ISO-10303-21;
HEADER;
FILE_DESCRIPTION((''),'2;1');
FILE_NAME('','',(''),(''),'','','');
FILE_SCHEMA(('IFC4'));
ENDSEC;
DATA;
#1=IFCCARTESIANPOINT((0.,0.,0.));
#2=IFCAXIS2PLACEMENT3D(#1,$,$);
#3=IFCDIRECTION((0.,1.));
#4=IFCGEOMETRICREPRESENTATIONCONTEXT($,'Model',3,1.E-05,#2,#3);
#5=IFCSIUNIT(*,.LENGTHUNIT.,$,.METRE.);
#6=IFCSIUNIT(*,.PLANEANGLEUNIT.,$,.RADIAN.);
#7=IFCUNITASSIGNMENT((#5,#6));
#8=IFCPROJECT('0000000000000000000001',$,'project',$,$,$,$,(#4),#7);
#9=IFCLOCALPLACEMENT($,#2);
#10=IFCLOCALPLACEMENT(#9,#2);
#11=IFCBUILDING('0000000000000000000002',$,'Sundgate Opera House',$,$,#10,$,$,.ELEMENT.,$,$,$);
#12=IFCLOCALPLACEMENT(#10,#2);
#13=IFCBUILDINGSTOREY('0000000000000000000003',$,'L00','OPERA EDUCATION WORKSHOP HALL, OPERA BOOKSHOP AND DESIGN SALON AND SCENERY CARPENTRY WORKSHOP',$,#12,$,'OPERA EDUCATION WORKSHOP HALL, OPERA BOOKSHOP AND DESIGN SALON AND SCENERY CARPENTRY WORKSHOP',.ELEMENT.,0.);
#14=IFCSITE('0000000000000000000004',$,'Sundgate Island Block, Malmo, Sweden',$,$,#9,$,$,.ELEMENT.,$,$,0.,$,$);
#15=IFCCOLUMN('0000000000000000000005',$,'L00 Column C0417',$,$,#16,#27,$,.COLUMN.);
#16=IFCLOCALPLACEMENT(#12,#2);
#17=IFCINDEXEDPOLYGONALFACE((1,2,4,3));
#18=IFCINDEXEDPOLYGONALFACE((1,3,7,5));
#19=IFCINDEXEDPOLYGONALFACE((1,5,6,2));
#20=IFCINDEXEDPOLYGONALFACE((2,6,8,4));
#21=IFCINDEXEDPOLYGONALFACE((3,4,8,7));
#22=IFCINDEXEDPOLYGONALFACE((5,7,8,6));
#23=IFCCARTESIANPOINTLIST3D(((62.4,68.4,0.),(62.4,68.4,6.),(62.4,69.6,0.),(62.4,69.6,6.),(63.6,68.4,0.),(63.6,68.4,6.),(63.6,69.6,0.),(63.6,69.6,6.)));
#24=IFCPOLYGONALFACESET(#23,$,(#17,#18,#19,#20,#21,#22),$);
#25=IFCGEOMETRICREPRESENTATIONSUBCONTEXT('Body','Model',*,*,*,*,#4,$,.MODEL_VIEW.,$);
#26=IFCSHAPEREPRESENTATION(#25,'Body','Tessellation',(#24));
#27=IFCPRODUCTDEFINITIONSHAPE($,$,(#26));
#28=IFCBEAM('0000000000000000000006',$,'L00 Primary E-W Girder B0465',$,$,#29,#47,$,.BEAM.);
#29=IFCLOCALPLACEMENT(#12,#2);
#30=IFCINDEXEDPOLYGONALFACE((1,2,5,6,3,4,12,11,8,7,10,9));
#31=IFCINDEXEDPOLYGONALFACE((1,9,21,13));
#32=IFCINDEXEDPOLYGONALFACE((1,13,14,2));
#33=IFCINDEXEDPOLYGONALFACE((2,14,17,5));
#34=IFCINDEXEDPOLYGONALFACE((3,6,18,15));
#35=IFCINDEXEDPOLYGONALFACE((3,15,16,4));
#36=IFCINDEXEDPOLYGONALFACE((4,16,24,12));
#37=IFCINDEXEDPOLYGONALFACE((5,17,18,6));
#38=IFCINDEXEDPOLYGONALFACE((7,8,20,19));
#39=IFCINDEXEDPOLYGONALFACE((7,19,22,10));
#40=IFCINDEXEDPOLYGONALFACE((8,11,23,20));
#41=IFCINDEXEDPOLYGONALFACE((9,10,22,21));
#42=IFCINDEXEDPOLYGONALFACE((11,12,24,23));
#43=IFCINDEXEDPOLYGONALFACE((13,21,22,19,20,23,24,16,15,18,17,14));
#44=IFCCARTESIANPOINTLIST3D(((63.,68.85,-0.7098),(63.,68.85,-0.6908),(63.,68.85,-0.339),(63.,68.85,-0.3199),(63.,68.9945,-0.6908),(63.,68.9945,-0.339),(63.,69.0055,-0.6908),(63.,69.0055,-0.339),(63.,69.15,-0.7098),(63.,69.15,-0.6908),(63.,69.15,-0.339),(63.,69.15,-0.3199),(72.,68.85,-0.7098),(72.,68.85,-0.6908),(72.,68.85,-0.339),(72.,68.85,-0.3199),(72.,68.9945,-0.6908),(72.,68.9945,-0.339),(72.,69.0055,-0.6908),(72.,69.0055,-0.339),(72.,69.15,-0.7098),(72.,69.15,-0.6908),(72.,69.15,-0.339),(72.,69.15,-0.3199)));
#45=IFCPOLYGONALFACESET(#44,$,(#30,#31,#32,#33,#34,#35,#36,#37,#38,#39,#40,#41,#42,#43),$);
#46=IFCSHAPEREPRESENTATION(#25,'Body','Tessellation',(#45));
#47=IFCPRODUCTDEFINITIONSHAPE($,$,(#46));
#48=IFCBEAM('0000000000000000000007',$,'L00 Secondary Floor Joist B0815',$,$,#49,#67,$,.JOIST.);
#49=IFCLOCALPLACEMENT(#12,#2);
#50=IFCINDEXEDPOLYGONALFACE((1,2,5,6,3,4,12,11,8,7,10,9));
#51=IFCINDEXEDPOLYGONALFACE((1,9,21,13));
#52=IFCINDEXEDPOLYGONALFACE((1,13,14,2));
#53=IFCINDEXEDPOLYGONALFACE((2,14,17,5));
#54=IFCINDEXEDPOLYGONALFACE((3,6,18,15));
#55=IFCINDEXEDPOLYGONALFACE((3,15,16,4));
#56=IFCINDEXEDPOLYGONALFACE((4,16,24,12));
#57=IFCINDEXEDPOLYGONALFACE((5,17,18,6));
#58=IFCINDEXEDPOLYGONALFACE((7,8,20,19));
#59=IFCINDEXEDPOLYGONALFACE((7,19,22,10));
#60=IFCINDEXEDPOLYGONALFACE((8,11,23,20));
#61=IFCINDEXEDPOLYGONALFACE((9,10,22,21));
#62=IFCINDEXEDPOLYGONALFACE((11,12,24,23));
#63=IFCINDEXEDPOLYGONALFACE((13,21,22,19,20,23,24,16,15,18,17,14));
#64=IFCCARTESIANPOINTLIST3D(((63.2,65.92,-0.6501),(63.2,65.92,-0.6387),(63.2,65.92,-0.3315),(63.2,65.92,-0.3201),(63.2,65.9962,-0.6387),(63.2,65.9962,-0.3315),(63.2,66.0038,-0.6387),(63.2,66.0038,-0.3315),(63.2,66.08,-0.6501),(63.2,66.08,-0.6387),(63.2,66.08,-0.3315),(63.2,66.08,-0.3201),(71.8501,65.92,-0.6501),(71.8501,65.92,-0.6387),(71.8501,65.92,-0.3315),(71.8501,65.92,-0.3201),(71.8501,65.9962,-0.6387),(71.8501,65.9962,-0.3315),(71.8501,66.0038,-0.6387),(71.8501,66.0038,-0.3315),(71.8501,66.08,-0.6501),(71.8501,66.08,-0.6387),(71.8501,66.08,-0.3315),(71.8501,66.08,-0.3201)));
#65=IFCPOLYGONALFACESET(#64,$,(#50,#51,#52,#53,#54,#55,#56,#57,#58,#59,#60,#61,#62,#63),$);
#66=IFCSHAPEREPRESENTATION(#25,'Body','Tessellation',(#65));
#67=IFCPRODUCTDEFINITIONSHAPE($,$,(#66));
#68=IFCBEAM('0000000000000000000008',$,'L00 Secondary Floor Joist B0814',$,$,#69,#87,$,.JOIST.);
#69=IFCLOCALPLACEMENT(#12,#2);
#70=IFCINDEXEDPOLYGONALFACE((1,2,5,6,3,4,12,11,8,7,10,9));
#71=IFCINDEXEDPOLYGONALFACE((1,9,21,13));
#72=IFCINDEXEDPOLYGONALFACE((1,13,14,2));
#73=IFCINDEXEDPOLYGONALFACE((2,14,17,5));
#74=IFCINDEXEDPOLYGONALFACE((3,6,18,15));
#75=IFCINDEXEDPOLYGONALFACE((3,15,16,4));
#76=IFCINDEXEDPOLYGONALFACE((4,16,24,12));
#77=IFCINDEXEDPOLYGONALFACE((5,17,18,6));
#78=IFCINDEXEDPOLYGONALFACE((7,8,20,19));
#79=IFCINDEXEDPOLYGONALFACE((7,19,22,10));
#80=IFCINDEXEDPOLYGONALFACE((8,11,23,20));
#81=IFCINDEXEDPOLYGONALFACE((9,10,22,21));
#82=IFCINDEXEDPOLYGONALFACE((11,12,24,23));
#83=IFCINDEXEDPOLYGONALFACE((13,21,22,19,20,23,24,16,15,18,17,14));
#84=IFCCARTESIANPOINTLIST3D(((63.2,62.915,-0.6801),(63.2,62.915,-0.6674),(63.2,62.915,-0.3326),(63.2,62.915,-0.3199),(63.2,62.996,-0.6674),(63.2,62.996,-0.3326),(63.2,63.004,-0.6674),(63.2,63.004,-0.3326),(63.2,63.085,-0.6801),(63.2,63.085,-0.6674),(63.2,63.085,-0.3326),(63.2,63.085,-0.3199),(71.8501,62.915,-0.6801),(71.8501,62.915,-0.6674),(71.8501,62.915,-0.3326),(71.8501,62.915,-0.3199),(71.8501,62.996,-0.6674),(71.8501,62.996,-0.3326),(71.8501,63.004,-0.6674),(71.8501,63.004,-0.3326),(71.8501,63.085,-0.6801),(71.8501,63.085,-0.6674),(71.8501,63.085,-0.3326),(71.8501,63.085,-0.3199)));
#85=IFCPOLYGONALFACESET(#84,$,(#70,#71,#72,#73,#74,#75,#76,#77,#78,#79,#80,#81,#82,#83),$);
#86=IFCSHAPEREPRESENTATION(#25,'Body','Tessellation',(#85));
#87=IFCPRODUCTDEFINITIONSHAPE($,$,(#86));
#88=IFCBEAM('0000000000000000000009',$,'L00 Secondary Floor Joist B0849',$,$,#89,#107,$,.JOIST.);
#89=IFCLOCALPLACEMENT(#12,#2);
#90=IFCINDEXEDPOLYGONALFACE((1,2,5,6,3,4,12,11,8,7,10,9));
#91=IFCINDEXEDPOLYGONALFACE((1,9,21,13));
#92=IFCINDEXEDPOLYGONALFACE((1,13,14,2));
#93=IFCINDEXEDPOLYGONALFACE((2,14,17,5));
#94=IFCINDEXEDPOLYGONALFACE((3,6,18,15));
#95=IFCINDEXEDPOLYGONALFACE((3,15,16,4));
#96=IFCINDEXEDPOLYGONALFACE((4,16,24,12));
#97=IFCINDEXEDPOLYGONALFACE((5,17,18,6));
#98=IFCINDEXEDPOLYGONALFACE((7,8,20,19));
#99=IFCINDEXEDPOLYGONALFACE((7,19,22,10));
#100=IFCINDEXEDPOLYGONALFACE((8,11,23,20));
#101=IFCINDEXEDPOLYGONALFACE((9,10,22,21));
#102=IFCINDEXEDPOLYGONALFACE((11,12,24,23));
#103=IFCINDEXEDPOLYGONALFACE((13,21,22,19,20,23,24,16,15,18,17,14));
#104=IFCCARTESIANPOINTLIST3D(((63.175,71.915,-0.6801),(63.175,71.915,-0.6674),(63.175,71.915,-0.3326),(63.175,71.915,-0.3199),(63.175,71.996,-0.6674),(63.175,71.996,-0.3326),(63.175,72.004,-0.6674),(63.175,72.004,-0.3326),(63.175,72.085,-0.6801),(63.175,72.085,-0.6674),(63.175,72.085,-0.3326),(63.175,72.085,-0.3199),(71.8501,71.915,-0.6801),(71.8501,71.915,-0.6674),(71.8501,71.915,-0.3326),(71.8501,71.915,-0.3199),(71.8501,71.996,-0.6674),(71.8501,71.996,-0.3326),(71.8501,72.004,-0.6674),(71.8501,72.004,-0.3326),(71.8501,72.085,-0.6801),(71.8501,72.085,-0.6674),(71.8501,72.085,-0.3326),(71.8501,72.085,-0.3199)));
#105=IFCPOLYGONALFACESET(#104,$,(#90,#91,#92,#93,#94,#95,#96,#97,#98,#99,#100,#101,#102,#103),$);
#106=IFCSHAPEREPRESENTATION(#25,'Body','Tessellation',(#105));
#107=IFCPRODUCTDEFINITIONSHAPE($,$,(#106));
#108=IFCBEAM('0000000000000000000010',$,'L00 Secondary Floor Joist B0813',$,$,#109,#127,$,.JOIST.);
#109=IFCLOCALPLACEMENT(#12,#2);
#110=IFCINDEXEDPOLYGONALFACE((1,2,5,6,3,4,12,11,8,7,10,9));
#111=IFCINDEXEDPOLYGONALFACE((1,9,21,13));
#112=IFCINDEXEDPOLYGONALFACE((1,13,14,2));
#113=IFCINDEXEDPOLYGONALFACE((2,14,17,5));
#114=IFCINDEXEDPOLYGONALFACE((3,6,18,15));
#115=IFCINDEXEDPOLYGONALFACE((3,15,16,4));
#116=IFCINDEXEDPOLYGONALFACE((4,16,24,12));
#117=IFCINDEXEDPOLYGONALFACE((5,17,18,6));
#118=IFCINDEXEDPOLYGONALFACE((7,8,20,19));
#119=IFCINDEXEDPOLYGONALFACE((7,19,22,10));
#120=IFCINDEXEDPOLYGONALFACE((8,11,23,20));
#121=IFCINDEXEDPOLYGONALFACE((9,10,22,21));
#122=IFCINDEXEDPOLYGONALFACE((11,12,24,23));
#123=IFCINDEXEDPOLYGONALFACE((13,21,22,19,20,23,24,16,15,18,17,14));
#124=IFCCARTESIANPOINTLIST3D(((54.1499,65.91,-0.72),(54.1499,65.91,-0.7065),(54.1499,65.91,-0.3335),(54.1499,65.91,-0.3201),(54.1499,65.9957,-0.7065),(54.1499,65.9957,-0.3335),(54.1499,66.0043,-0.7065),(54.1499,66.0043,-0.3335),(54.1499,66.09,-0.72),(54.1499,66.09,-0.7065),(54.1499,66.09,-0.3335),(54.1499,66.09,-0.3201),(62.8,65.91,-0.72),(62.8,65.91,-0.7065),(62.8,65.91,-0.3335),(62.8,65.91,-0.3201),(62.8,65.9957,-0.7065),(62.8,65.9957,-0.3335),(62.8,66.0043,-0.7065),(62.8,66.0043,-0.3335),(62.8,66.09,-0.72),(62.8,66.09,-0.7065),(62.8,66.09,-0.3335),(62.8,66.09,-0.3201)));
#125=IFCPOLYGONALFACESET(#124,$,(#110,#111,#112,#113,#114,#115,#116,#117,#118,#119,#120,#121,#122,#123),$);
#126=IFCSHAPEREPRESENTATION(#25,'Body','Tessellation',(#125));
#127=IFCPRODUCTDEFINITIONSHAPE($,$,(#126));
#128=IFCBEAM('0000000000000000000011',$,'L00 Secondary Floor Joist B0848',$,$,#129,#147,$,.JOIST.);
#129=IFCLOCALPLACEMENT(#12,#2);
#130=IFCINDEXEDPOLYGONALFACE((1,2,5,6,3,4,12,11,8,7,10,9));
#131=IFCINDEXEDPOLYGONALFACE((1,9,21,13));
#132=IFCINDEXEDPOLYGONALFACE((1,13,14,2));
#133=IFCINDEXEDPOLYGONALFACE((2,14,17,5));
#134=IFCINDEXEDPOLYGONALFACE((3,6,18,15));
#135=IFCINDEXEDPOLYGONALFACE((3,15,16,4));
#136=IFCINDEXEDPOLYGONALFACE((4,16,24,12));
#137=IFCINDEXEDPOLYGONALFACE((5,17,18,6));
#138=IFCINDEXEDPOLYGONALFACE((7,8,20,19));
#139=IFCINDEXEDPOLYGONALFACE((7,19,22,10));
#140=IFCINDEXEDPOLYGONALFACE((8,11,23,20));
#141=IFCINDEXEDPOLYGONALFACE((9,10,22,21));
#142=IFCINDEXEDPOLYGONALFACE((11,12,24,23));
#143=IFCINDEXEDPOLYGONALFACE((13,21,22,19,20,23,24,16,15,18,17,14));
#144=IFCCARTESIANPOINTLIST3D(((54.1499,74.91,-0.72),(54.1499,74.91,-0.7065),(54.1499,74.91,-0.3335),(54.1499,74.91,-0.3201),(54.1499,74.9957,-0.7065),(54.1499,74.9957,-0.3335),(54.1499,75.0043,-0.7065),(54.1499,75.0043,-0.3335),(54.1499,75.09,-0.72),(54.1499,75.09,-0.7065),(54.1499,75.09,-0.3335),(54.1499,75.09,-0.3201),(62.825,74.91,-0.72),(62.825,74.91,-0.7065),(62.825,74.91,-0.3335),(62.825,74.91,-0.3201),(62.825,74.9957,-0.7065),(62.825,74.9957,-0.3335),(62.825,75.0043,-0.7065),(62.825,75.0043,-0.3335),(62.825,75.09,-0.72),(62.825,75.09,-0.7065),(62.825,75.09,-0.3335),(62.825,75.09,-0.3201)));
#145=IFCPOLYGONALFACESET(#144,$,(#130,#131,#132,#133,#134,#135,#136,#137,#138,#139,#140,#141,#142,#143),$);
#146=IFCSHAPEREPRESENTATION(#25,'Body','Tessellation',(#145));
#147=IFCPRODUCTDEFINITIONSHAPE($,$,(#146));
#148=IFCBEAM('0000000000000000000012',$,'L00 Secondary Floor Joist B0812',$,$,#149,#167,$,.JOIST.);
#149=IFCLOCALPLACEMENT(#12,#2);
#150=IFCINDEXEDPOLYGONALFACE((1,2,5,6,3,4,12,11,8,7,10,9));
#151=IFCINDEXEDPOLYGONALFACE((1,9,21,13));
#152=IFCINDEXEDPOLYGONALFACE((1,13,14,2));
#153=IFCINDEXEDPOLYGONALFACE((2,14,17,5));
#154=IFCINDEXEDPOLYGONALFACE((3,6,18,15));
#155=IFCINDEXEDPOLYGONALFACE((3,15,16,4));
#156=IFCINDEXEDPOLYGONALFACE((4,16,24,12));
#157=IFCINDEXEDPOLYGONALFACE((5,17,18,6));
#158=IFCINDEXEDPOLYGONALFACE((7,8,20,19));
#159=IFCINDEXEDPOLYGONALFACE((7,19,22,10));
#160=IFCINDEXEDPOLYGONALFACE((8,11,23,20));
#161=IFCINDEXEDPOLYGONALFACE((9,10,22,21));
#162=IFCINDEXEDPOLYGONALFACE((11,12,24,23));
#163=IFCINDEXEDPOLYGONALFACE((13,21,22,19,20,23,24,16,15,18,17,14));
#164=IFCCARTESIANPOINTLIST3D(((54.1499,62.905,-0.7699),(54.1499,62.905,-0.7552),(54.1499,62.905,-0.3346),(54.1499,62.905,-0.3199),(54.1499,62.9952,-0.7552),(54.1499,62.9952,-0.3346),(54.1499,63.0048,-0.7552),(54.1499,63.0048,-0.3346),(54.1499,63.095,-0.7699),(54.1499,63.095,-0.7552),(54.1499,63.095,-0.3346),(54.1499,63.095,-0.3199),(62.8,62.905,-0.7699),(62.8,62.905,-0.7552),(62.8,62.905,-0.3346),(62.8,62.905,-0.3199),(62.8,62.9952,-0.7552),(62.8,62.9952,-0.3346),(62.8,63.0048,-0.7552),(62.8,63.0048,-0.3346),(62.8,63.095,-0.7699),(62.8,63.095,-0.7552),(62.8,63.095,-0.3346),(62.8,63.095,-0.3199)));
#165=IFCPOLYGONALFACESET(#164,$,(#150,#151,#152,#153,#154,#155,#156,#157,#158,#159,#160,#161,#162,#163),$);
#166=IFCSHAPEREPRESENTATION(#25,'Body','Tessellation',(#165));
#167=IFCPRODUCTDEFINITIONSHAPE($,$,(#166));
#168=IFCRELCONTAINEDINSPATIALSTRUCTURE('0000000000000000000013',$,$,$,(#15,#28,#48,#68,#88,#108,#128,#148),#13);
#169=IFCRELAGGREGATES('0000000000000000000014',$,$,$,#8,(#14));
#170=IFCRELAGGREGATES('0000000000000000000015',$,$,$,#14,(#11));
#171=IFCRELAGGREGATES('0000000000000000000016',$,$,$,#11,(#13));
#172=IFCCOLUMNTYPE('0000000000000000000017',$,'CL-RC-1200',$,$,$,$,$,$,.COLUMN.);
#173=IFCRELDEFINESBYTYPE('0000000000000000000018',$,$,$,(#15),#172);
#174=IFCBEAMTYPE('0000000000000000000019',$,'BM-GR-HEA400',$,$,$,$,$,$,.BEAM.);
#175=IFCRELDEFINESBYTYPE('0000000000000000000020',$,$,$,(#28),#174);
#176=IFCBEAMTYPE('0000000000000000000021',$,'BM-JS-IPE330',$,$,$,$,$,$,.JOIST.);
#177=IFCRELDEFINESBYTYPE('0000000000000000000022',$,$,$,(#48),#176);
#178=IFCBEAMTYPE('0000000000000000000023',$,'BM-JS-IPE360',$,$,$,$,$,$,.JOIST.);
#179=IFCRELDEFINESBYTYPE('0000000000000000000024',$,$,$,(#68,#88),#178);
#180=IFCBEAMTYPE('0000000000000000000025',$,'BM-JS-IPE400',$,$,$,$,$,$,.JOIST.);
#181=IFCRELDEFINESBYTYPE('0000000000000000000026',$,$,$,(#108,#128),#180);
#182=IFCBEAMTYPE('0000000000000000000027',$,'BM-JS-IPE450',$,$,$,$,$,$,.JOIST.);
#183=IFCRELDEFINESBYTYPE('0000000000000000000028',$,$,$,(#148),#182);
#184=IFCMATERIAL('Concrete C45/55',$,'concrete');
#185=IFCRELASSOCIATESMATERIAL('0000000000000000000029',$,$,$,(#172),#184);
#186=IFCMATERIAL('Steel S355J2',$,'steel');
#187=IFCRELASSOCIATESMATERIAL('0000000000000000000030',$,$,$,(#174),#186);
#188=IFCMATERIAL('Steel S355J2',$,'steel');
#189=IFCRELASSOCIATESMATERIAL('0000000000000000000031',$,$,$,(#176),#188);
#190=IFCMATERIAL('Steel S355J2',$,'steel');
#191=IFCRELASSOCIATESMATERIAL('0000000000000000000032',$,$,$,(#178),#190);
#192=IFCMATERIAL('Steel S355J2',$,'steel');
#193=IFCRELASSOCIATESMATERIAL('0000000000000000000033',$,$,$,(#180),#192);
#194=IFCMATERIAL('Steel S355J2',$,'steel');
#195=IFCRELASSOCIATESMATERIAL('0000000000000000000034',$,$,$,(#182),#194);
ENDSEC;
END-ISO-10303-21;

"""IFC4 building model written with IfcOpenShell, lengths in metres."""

from ifc_helpers import new_model, si_unit, direction, frame, origin, origin_2d, place, context, subcontext, project, spatial, rectangle, i_section, extrude, material, material_profile, profile_set, type_object, element, save


model = new_model("IFC4")

# Units and contexts
model_context = context("Model", 3, precision=1e-05, world=origin(), true_north=direction((0.0, 1.0)))
body_context = subcontext(model_context, "Body", "Model", "MODEL_VIEW")
ifc_project = project(units=[si_unit("LENGTHUNIT", "METRE"), si_unit("PLANEANGLEUNIT", "RADIAN")], contexts=[model_context])

# Site, building, storey
site_placement = place(None, origin())
site = spatial("IfcSite", under=ifc_project, at=site_placement, Name="Sundgate Island Block, Malmo, Sweden", CompositionType="ELEMENT", RefElevation=0.0)
building_placement = place(site_placement, origin())
building = spatial("IfcBuilding", under=site, at=building_placement, Name="Sundgate Opera House", CompositionType="ELEMENT")
storey_placement = place(building_placement, origin())
storey = spatial("IfcBuildingStorey", under=building, at=storey_placement, Name="L00", Description="OPERA EDUCATION WORKSHOP HALL, OPERA BOOKSHOP AND DESIGN SALON AND SCENERY CARPENTRY WORKSHOP", LongName="OPERA EDUCATION WORKSHOP HALL, OPERA BOOKSHOP AND DESIGN SALON AND SCENERY CARPENTRY WORKSHOP", CompositionType="ELEMENT", Elevation=0.0)

# Column
ifc_material_1 = material(Name="Concrete C45/55", Category="concrete")
ifc_material_profile_1 = material_profile(ifc_material_1, rectangle(XDim=1.2, YDim=1.2, at=origin_2d()), Name="RC 1200x1200")
ifc_profile_set_1 = profile_set([ifc_material_profile_1], Name="Concrete C45/55")
column_type = type_object("IfcColumnType", Name="CL-RC-1200", PredefinedType="COLUMN", material=ifc_profile_set_1)
column_placement = place(storey_placement, frame((63.0, 69.0, 0.0), z_axis=(0.0, 0.0, 1.0), x_axis=(1.0, 0.0, 0.0)))
element("IfcColumn", 1, at=column_placement, inside=storey, type_object=column_type, Name="L00 Column C0417", PredefinedType="COLUMN", context=body_context, shape_type="SweptSolid", body=[
    extrude(rectangle(XDim=1.2, YDim=1.2, at=origin_2d()), origin(), (0.0, 0.0, 1.0), 6.0),
])

# Beams
ifc_material_2 = material(Name="Steel S355J2", Category="steel")
ifc_material_profile_2 = material_profile(ifc_material_2, i_section(OverallWidth=0.3, OverallDepth=0.3899, WebThickness=0.011, FlangeThickness=0.019, at=origin_2d()), Name="HEA 400")
ifc_profile_set_2 = profile_set([ifc_material_profile_2], Name="Steel S355J2")
beam_type_1 = type_object("IfcBeamType", Name="BM-GR-HEA400", PredefinedType="BEAM", material=ifc_profile_set_2)
beam_1_placement = place(storey_placement, frame((63.0, 69.0, -0.5149), z_axis=(1.0, 0.0, 0.0), x_axis=(0.0, 1.0, 0.0)))
element("IfcBeam", 2, at=beam_1_placement, inside=storey, type_object=beam_type_1, Name="L00 Primary E-W Girder B0465", PredefinedType="BEAM", context=body_context, shape_type="SweptSolid", body=[
    extrude(i_section(OverallWidth=0.3, OverallDepth=0.3899, WebThickness=0.011, FlangeThickness=0.019, at=origin_2d()), origin(), (0.0, 0.0, 1.0), 9.0),
])
ifc_material_3 = material(Name="Steel S355J2", Category="steel")
ifc_material_profile_3 = material_profile(ifc_material_3, i_section(OverallWidth=0.1599, OverallDepth=0.3301, WebThickness=0.0076, FlangeThickness=0.0115, at=origin_2d()), Name="IPE 330")
ifc_profile_set_3 = profile_set([ifc_material_profile_3], Name="Steel S355J2")
beam_type_2 = type_object("IfcBeamType", Name="BM-JS-IPE330", PredefinedType="JOIST", material=ifc_profile_set_3)
beam_2_placement = place(storey_placement, frame((63.2, 66.0, -0.4851), z_axis=(1.0, 0.0, 0.0), x_axis=(0.0, 1.0, 0.0)))
element("IfcBeam", 3, at=beam_2_placement, inside=storey, type_object=beam_type_2, Name="L00 Secondary Floor Joist B0815", PredefinedType="JOIST", context=body_context, shape_type="SweptSolid", body=[
    extrude(i_section(OverallWidth=0.1599, OverallDepth=0.3301, WebThickness=0.0076, FlangeThickness=0.0115, at=origin_2d()), origin(), (0.0, 0.0, 1.0), 8.6501),
])
ifc_material_4 = material(Name="Steel S355J2", Category="steel")
ifc_material_profile_4 = material_profile(ifc_material_4, i_section(OverallWidth=0.1699, OverallDepth=0.3601, WebThickness=0.0081, FlangeThickness=0.0127, at=origin_2d()), Name="IPE 360")
ifc_profile_set_4 = profile_set([ifc_material_profile_4], Name="Steel S355J2")
beam_type_3 = type_object("IfcBeamType", Name="BM-JS-IPE360", PredefinedType="JOIST", material=ifc_profile_set_4)
beam_3_placement = place(storey_placement, frame((63.2, 63.0, -0.5), z_axis=(1.0, 0.0, 0.0), x_axis=(0.0, 1.0, 0.0)))
element("IfcBeam", 4, at=beam_3_placement, inside=storey, type_object=beam_type_3, Name="L00 Secondary Floor Joist B0814", PredefinedType="JOIST", context=body_context, shape_type="SweptSolid", body=[
    extrude(i_section(OverallWidth=0.1699, OverallDepth=0.3601, WebThickness=0.0081, FlangeThickness=0.0127, at=origin_2d()), origin(), (0.0, 0.0, 1.0), 8.6501),
])
beam_4_placement = place(storey_placement, frame((63.175, 72.0, -0.5), z_axis=(1.0, 0.0, 0.0), x_axis=(0.0, 1.0, 0.0)))
element("IfcBeam", 5, at=beam_4_placement, inside=storey, type_object=beam_type_3, Name="L00 Secondary Floor Joist B0849", PredefinedType="JOIST", context=body_context, shape_type="SweptSolid", body=[
    extrude(i_section(OverallWidth=0.1699, OverallDepth=0.3601, WebThickness=0.0081, FlangeThickness=0.0127, at=origin_2d()), origin(), (0.0, 0.0, 1.0), 8.675),
])
ifc_material_5 = material(Name="Steel S355J2", Category="steel")
ifc_material_profile_5 = material_profile(ifc_material_5, i_section(OverallWidth=0.1799, OverallDepth=0.3999, WebThickness=0.0085, FlangeThickness=0.0134, at=origin_2d()), Name="IPE 400")
ifc_profile_set_5 = profile_set([ifc_material_profile_5], Name="Steel S355J2")
beam_type_4 = type_object("IfcBeamType", Name="BM-JS-IPE400", PredefinedType="JOIST", material=ifc_profile_set_5)
beam_5_placement = place(storey_placement, frame((54.1499, 66.0, -0.52), z_axis=(1.0, 0.0, 0.0), x_axis=(0.0, 1.0, 0.0)))
element("IfcBeam", 6, at=beam_5_placement, inside=storey, type_object=beam_type_4, Name="L00 Secondary Floor Joist B0813", PredefinedType="JOIST", context=body_context, shape_type="SweptSolid", body=[
    extrude(i_section(OverallWidth=0.1799, OverallDepth=0.3999, WebThickness=0.0085, FlangeThickness=0.0134, at=origin_2d()), origin(), (0.0, 0.0, 1.0), 8.6501),
])
beam_6_placement = place(storey_placement, frame((54.1499, 75.0, -0.52), z_axis=(1.0, 0.0, 0.0), x_axis=(0.0, 1.0, 0.0)))
element("IfcBeam", 7, at=beam_6_placement, inside=storey, type_object=beam_type_4, Name="L00 Secondary Floor Joist B0848", PredefinedType="JOIST", context=body_context, shape_type="SweptSolid", body=[
    extrude(i_section(OverallWidth=0.1799, OverallDepth=0.3999, WebThickness=0.0085, FlangeThickness=0.0134, at=origin_2d()), origin(), (0.0, 0.0, 1.0), 8.675),
])
ifc_material_6 = material(Name="Steel S355J2", Category="steel")
ifc_material_profile_6 = material_profile(ifc_material_6, i_section(OverallWidth=0.1899, OverallDepth=0.45, WebThickness=0.0095, FlangeThickness=0.0146, at=origin_2d()), Name="IPE 450")
ifc_profile_set_6 = profile_set([ifc_material_profile_6], Name="Steel S355J2")
beam_type_5 = type_object("IfcBeamType", Name="BM-JS-IPE450", PredefinedType="JOIST", material=ifc_profile_set_6)
beam_7_placement = place(storey_placement, frame((54.1499, 63.0, -0.5449), z_axis=(1.0, 0.0, 0.0), x_axis=(0.0, 1.0, 0.0)))
element("IfcBeam", 8, at=beam_7_placement, inside=storey, type_object=beam_type_5, Name="L00 Secondary Floor Joist B0812", PredefinedType="JOIST", context=body_context, shape_type="SweptSolid", body=[
    extrude(i_section(OverallWidth=0.1899, OverallDepth=0.45, WebThickness=0.0095, FlangeThickness=0.0146, at=origin_2d()), origin(), (0.0, 0.0, 1.0), 8.6501),
])

save(model, "model.ifc")
